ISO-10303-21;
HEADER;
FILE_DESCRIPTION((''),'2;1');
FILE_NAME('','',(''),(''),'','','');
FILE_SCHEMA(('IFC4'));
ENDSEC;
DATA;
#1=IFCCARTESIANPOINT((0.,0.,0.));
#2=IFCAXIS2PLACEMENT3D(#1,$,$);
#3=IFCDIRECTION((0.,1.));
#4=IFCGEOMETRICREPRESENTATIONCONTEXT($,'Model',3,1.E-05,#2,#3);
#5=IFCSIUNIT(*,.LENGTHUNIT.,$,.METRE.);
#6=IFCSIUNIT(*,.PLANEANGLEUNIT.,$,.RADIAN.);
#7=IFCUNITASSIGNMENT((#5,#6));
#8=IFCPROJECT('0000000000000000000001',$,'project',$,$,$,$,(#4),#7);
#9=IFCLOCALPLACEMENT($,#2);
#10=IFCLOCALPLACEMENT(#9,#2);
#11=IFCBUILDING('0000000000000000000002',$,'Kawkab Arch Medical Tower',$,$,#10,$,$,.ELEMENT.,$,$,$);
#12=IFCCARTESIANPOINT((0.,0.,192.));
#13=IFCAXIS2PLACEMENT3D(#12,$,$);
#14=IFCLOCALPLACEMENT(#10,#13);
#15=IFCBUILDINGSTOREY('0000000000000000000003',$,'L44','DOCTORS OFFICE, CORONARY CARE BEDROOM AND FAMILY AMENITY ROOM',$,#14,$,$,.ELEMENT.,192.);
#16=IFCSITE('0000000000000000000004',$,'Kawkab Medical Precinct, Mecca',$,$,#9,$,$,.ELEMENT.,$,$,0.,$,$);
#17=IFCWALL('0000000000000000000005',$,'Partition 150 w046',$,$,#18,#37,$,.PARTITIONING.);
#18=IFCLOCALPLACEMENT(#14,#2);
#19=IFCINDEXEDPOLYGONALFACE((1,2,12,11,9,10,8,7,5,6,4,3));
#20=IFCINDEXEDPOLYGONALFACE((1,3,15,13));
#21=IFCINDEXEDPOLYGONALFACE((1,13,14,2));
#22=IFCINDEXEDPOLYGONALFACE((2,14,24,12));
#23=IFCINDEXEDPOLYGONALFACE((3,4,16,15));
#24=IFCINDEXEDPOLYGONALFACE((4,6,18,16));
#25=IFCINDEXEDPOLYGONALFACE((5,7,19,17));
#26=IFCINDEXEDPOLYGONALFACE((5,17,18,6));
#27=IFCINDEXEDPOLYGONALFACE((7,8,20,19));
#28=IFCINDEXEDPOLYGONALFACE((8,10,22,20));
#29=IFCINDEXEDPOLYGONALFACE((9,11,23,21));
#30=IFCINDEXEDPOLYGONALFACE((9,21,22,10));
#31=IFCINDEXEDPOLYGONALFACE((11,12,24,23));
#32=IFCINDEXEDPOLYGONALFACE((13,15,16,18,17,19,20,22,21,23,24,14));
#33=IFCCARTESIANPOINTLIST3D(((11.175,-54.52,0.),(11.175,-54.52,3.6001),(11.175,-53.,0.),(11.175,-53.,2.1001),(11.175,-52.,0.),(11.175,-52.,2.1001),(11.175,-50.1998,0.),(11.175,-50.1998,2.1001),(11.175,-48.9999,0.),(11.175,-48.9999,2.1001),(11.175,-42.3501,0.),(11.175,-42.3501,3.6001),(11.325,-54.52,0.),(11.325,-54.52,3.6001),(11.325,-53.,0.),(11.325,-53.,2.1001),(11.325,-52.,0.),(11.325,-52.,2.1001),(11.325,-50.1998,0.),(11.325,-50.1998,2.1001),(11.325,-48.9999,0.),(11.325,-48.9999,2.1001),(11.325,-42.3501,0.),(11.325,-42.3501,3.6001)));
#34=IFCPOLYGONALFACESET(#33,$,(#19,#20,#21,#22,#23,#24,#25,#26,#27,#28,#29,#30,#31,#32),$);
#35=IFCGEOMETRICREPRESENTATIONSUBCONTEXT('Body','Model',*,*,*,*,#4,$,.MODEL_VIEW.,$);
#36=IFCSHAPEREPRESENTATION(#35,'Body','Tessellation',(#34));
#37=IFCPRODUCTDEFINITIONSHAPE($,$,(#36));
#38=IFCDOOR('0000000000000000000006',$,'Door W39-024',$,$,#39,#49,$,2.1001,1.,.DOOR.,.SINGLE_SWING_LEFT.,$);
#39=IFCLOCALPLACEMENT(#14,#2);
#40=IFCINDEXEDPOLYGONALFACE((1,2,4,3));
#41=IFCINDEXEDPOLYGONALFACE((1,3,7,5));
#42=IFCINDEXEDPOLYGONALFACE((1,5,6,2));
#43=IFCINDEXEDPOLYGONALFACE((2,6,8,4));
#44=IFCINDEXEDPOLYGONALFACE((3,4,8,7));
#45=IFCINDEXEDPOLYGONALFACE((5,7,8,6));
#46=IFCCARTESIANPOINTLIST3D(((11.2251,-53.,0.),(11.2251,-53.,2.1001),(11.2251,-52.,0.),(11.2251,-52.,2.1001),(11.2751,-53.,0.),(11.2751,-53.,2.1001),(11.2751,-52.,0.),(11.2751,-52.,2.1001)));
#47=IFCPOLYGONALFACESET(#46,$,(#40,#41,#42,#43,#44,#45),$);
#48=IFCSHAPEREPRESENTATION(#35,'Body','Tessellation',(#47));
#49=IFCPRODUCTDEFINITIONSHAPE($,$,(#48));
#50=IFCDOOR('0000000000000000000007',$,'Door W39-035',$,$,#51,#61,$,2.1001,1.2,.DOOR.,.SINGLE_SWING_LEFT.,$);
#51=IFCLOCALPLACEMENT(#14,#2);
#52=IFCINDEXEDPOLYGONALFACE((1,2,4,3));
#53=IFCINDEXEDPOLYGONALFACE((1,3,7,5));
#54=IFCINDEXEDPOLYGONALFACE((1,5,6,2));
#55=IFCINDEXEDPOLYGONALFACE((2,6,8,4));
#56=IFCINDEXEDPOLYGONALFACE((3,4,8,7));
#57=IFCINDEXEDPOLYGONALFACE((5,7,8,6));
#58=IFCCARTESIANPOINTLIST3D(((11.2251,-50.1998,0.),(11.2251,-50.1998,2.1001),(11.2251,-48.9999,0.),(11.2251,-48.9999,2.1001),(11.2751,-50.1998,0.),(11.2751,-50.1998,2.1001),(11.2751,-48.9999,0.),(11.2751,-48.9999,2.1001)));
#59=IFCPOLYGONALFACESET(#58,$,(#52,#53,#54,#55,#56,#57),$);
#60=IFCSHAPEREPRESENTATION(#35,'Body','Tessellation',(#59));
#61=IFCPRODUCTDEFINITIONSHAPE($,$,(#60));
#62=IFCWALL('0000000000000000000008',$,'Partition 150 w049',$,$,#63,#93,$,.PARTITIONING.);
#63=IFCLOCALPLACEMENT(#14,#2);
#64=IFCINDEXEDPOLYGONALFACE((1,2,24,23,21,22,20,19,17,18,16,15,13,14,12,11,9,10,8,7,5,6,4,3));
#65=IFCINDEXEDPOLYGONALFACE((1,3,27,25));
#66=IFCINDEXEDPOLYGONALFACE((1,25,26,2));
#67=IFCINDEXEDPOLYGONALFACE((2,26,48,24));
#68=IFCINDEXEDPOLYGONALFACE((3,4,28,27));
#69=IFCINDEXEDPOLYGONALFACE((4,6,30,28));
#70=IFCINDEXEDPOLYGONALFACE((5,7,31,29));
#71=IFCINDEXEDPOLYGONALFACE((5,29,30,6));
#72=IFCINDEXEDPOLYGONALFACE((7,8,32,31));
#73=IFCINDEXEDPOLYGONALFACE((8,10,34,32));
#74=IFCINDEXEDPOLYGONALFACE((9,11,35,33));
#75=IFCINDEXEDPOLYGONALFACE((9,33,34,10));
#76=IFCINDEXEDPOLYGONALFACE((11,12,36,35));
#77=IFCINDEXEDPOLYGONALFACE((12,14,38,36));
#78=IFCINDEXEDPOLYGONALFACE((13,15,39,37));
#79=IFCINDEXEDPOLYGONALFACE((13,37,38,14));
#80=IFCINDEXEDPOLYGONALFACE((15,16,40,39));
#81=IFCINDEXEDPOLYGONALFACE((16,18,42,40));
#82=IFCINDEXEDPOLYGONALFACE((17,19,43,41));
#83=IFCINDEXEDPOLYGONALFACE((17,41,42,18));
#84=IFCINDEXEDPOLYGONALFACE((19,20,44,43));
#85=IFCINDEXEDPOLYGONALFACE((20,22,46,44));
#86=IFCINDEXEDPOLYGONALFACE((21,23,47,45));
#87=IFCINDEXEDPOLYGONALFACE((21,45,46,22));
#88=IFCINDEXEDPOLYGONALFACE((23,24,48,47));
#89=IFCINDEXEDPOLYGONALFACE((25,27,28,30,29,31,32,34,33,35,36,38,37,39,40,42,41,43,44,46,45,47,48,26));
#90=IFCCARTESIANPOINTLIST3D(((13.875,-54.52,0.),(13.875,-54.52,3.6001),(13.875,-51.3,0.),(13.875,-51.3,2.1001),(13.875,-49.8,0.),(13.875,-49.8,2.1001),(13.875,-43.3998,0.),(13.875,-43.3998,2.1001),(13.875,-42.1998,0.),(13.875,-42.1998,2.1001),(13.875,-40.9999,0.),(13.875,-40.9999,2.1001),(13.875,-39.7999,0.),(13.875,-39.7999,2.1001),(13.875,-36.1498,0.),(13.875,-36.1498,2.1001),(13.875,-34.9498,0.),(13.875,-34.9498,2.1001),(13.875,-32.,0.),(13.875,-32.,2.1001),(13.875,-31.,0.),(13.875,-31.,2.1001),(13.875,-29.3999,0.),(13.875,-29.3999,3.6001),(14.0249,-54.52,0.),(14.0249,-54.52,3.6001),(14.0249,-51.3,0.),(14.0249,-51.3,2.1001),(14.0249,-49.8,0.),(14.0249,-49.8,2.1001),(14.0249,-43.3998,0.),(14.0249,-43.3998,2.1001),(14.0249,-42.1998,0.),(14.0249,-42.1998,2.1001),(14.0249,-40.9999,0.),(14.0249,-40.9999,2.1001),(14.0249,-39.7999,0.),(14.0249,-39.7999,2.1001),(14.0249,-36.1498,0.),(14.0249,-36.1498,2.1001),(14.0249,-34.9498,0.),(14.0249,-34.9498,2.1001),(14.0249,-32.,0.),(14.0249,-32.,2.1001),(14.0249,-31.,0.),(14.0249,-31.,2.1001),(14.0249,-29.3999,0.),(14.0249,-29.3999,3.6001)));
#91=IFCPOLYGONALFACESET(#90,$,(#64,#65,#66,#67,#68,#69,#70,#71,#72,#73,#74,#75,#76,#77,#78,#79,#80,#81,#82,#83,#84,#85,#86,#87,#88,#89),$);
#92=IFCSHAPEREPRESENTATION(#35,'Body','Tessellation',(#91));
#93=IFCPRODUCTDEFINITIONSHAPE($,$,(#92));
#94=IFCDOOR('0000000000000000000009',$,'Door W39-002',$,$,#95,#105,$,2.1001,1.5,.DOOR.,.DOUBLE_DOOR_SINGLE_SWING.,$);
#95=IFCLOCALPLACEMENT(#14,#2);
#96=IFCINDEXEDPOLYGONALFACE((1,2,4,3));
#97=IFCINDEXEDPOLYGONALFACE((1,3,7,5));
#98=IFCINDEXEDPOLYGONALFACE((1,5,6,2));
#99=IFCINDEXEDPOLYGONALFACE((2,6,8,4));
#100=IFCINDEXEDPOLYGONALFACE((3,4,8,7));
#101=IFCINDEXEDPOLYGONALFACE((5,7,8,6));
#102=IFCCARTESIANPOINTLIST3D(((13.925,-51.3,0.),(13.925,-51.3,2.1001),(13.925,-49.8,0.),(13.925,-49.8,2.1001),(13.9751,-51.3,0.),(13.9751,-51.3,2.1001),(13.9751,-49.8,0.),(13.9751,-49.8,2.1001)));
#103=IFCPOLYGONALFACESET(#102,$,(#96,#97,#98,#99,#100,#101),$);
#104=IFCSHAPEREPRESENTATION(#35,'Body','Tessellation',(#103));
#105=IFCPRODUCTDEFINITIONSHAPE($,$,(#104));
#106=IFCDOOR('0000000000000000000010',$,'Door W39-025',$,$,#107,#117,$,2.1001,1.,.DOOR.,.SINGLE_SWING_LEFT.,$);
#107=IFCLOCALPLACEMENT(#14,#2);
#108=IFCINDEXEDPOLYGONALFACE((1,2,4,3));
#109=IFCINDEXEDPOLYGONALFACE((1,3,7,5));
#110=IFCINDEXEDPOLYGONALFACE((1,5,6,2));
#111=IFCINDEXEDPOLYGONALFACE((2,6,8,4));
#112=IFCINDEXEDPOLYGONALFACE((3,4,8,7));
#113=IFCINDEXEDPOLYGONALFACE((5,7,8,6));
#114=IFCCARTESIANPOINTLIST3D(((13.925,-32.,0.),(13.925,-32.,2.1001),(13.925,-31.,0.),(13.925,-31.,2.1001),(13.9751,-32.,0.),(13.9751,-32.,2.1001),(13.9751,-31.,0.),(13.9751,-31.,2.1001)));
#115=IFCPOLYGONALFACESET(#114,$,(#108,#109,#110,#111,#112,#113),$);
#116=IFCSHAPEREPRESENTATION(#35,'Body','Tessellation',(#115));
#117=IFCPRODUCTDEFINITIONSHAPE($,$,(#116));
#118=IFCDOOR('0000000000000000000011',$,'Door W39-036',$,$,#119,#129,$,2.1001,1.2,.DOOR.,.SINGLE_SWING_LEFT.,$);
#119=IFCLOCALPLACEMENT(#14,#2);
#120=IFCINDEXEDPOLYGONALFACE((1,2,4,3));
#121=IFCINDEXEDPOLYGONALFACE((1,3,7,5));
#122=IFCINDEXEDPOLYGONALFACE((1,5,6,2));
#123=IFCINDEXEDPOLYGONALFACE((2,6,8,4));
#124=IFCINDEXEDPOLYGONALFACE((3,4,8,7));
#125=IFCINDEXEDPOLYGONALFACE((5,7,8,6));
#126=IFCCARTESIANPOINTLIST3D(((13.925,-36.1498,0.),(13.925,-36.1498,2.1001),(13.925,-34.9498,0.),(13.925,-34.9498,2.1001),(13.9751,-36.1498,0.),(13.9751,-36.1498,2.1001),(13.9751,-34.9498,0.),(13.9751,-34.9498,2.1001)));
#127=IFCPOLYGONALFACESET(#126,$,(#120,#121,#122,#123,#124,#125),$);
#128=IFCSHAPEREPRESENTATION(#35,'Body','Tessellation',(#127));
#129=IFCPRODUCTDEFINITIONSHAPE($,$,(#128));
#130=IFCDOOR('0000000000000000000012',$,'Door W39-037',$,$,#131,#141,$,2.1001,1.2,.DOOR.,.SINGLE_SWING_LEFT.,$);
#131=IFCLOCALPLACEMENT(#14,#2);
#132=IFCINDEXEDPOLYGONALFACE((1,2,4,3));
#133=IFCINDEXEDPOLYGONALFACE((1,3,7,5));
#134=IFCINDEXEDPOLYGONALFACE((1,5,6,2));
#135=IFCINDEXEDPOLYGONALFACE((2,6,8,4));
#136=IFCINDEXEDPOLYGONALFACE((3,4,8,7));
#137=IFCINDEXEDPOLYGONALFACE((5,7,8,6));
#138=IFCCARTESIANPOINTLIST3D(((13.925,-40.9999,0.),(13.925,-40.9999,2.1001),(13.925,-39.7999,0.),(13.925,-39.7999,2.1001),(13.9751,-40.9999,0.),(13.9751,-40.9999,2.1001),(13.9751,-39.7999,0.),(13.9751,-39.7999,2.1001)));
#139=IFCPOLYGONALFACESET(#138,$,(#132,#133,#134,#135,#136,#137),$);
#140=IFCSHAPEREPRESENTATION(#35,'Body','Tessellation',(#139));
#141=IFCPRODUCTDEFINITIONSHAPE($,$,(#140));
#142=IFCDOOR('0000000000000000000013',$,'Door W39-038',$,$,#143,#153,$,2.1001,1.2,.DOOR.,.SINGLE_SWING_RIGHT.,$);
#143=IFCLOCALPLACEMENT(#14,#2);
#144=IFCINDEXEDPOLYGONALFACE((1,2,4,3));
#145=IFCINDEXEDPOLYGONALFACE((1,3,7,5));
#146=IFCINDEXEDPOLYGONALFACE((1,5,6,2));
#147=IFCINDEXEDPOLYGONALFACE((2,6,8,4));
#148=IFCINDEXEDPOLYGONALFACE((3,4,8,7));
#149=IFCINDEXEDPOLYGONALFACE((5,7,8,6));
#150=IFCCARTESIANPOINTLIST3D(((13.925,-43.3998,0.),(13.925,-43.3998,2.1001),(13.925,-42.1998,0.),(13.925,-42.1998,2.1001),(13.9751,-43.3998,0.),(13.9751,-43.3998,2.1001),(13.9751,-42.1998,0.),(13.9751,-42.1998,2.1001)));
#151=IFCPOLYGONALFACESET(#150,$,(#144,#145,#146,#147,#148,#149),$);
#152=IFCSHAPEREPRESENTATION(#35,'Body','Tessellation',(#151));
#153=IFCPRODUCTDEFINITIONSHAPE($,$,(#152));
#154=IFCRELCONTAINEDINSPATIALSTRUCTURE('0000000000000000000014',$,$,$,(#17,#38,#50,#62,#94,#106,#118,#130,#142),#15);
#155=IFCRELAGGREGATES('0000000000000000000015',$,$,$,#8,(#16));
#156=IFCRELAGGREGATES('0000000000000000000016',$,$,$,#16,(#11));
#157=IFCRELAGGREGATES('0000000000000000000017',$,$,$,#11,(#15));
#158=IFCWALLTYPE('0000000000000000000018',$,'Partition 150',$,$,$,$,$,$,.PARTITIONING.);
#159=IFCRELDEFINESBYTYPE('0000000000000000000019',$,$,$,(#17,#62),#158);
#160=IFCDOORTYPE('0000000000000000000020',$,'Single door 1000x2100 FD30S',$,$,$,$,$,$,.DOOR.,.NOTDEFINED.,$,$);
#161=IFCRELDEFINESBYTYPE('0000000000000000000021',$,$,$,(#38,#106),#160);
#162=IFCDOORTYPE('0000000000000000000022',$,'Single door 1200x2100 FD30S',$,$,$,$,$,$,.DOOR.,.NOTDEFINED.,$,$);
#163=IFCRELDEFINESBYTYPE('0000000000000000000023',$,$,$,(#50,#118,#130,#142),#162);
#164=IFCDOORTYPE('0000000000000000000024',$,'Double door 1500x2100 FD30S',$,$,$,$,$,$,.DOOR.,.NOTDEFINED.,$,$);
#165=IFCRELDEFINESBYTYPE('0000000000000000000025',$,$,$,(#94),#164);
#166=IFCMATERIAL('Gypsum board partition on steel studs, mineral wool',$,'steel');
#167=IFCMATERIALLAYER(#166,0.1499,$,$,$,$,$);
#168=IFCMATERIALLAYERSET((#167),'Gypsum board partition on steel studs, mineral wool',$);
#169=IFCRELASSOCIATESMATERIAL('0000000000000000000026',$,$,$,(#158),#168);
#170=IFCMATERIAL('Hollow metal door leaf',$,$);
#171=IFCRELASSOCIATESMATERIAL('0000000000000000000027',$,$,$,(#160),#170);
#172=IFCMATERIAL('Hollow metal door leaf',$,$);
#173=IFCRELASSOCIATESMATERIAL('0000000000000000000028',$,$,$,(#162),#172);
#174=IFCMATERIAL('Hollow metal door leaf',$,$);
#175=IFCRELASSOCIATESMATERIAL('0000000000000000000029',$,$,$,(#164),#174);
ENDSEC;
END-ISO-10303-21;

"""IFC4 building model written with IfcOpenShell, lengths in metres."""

from ifc_helpers import new_model, si_unit, direction, frame, frame_2d, origin, place, context, subcontext, project, spatial, rectangle, extrude, material, layer, layer_set, type_object, element, fill, save


model = new_model("IFC4")

# Units and contexts
model_context = context("Model", 3, precision=1e-05, world=origin(), true_north=direction((0.0, 1.0)))
body_context = subcontext(model_context, "Body", "Model", "MODEL_VIEW")
ifc_project = project(units=[si_unit("LENGTHUNIT", "METRE"), si_unit("PLANEANGLEUNIT", "RADIAN")], contexts=[model_context])

# Site, building, storey
site_placement = place(None, origin())
site = spatial("IfcSite", under=ifc_project, at=site_placement, Name="Kawkab Medical Precinct, Mecca", CompositionType="ELEMENT", RefElevation=0.0)
building_placement = place(site_placement, origin())
building = spatial("IfcBuilding", under=site, at=building_placement, Name="Kawkab Arch Medical Tower", CompositionType="ELEMENT")
storey_placement = place(building_placement, frame((0.0, 0.0, 192.0)))
storey = spatial("IfcBuildingStorey", under=building, at=storey_placement, Name="L44", Description="DOCTORS OFFICE, CORONARY CARE BEDROOM AND FAMILY AMENITY ROOM", CompositionType="ELEMENT", Elevation=192.0)

# Shared definitions
ifc_material_1 = material(Name="Gypsum board partition on steel studs, mineral wool", Category="steel")
ifc_layer_1 = layer(ifc_material_1, 0.1499)
ifc_layer_set_1 = layer_set([ifc_layer_1], Name="Gypsum board partition on steel studs, mineral wool")
wall_type_1 = type_object("IfcWallType", Name="Partition 150", PredefinedType="PARTITIONING", material=ifc_layer_set_1)

# Walls, openings, doors
wall_1_placement = place(storey_placement, frame((11.25, -54.52, 0.0), z_axis=(0.0, 0.0, 1.0), x_axis=(0.0, 1.0, 0.0)))
wall_1 = element("IfcWall", 1, at=wall_1_placement, inside=storey, type_object=wall_type_1, Name="Partition 150 w046", PredefinedType="PARTITIONING", context=body_context, shape_type="SweptSolid", body=[
    extrude(rectangle(XDim=12.1699, YDim=0.1499, at=frame_2d((6.085, 0.0))), origin(), (0.0, 0.0, 1.0), 3.6001),
])
opening_1_placement = place(wall_1_placement, frame((4.3201, 0.0, 0.0)))
opening_1 = element("IfcOpeningElement", 2, at=opening_1_placement, cuts=wall_1, PredefinedType="OPENING", context=body_context, shape_type="SweptSolid", body=[
    extrude(rectangle(XDim=1.2, YDim=2.1001, at=frame_2d((0.6001, 1.05))), frame((0.0, 0.085, 0.0), z_axis=(0.0, -1.0, 0.0), x_axis=(1.0, 0.0, 0.0)), (0.0, 0.0, 1.0), 0.1699),
])
opening_2_placement = place(wall_1_placement, frame((1.52, 0.0, 0.0)))
opening_2 = element("IfcOpeningElement", 3, at=opening_2_placement, cuts=wall_1, PredefinedType="OPENING", context=body_context, shape_type="SweptSolid", body=[
    extrude(rectangle(XDim=1.0, YDim=2.1001, at=frame_2d((0.5, 1.05))), frame((0.0, 0.085, 0.0), z_axis=(0.0, -1.0, 0.0), x_axis=(1.0, 0.0, 0.0)), (0.0, 0.0, 1.0), 0.1699),
])
ifc_material_2 = material(Name="Hollow metal door leaf")
door_type_1 = type_object("IfcDoorType", Name="Single door 1000x2100 FD30S", OperationType="NOTDEFINED", PredefinedType="DOOR", material=ifc_material_2)
door_1_placement = place(opening_2_placement, origin())
door_1 = element("IfcDoor", 4, at=door_1_placement, inside=storey, type_object=door_type_1, Name="Door W39-024", OperationType="SINGLE_SWING_LEFT", OverallHeight=2.1001, OverallWidth=1.0, PredefinedType="DOOR", context=body_context, shape_type="SweptSolid", body=[
    extrude(rectangle(XDim=1.0, YDim=2.1001, at=frame_2d((0.5, 1.05))), frame((0.0, 0.0249, 0.0), z_axis=(0.0, -1.0, 0.0), x_axis=(1.0, 0.0, 0.0)), (0.0, 0.0, 1.0), 0.05),
])
fill(opening_2, door_1)
ifc_material_3 = material(Name="Hollow metal door leaf")
door_type_2 = type_object("IfcDoorType", Name="Single door 1200x2100 FD30S", OperationType="NOTDEFINED", PredefinedType="DOOR", material=ifc_material_3)
door_2_placement = place(opening_1_placement, origin())
door_2 = element("IfcDoor", 5, at=door_2_placement, inside=storey, type_object=door_type_2, Name="Door W39-035", OperationType="SINGLE_SWING_LEFT", OverallHeight=2.1001, OverallWidth=1.2, PredefinedType="DOOR", context=body_context, shape_type="SweptSolid", body=[
    extrude(rectangle(XDim=1.2, YDim=2.1001, at=frame_2d((0.6001, 1.05))), frame((0.0, 0.0249, 0.0), z_axis=(0.0, -1.0, 0.0), x_axis=(1.0, 0.0, 0.0)), (0.0, 0.0, 1.0), 0.05),
])
fill(opening_1, door_2)
wall_2_placement = place(storey_placement, frame((13.95, -54.52, 0.0), z_axis=(0.0, 0.0, 1.0), x_axis=(0.0, 1.0, 0.0)))
wall_2 = element("IfcWall", 6, at=wall_2_placement, inside=storey, type_object=wall_type_1, Name="Partition 150 w049", PredefinedType="PARTITIONING", context=body_context, shape_type="SweptSolid", body=[
    extrude(rectangle(XDim=25.1201, YDim=0.1499, at=frame_2d((12.5601, 0.0))), origin(), (0.0, 0.0, 1.0), 3.6001),
])
opening_3_placement = place(wall_2_placement, frame((22.52, 0.0, 0.0)))
opening_3 = element("IfcOpeningElement", 7, at=opening_3_placement, cuts=wall_2, PredefinedType="OPENING", context=body_context, shape_type="SweptSolid", body=[
    extrude(rectangle(XDim=1.0, YDim=2.1001, at=frame_2d((0.5, 1.05))), frame((0.0, 0.085, 0.0), z_axis=(0.0, -1.0, 0.0), x_axis=(1.0, 0.0, 0.0)), (0.0, 0.0, 1.0), 0.1699),
])
opening_4_placement = place(wall_2_placement, frame((18.3701, 0.0, 0.0)))
opening_4 = element("IfcOpeningElement", 8, at=opening_4_placement, cuts=wall_2, PredefinedType="OPENING", context=body_context, shape_type="SweptSolid", body=[
    extrude(rectangle(XDim=1.2, YDim=2.1001, at=frame_2d((0.6001, 1.05))), frame((0.0, 0.085, 0.0), z_axis=(0.0, -1.0, 0.0), x_axis=(1.0, 0.0, 0.0)), (0.0, 0.0, 1.0), 0.1699),
])
opening_5_placement = place(wall_2_placement, frame((13.52, 0.0, 0.0)))
opening_5 = element("IfcOpeningElement", 9, at=opening_5_placement, cuts=wall_2, PredefinedType="OPENING", context=body_context, shape_type="SweptSolid", body=[
    extrude(rectangle(XDim=1.2, YDim=2.1001, at=frame_2d((0.6001, 1.05))), frame((0.0, 0.085, 0.0), z_axis=(0.0, -1.0, 0.0), x_axis=(1.0, 0.0, 0.0)), (0.0, 0.0, 1.0), 0.1699),
])
opening_6_placement = place(wall_2_placement, frame((11.1201, 0.0, 0.0)))
opening_6 = element("IfcOpeningElement", 10, at=opening_6_placement, cuts=wall_2, PredefinedType="OPENING", context=body_context, shape_type="SweptSolid", body=[
    extrude(rectangle(XDim=1.2, YDim=2.1001, at=frame_2d((0.6001, 1.05))), frame((0.0, 0.085, 0.0), z_axis=(0.0, -1.0, 0.0), x_axis=(1.0, 0.0, 0.0)), (0.0, 0.0, 1.0), 0.1699),
])
opening_7_placement = place(wall_2_placement, frame((3.22, 0.0, 0.0)))
opening_7 = element("IfcOpeningElement", 11, at=opening_7_placement, cuts=wall_2, PredefinedType="OPENING", context=body_context, shape_type="SweptSolid", body=[
    extrude(rectangle(XDim=1.5, YDim=2.1001, at=frame_2d((0.75, 1.05))), frame((0.0, 0.085, 0.0), z_axis=(0.0, -1.0, 0.0), x_axis=(1.0, 0.0, 0.0)), (0.0, 0.0, 1.0), 0.1699),
])
ifc_material_4 = material(Name="Hollow metal door leaf")
door_type_3 = type_object("IfcDoorType", Name="Double door 1500x2100 FD30S", OperationType="NOTDEFINED", PredefinedType="DOOR", material=ifc_material_4)
door_3_placement = place(opening_7_placement, origin())
door_3 = element("IfcDoor", 12, at=door_3_placement, inside=storey, type_object=door_type_3, Name="Door W39-002", OperationType="DOUBLE_DOOR_SINGLE_SWING", OverallHeight=2.1001, OverallWidth=1.5, PredefinedType="DOOR", context=body_context, shape_type="SweptSolid", body=[
    extrude(rectangle(XDim=1.5, YDim=2.1001, at=frame_2d((0.75, 1.05))), frame((0.0, 0.0249, 0.0), z_axis=(0.0, -1.0, 0.0), x_axis=(1.0, 0.0, 0.0)), (0.0, 0.0, 1.0), 0.05),
])
fill(opening_7, door_3)
door_4_placement = place(opening_3_placement, origin())
door_4 = element("IfcDoor", 13, at=door_4_placement, inside=storey, type_object=door_type_1, Name="Door W39-025", OperationType="SINGLE_SWING_LEFT", OverallHeight=2.1001, OverallWidth=1.0, PredefinedType="DOOR", context=body_context, shape_type="SweptSolid", body=[
    extrude(rectangle(XDim=1.0, YDim=2.1001, at=frame_2d((0.5, 1.05))), frame((0.0, 0.0249, 0.0), z_axis=(0.0, -1.0, 0.0), x_axis=(1.0, 0.0, 0.0)), (0.0, 0.0, 1.0), 0.05),
])
fill(opening_3, door_4)
door_5_placement = place(opening_4_placement, origin())
door_5 = element("IfcDoor", 14, at=door_5_placement, inside=storey, type_object=door_type_2, Name="Door W39-036", OperationType="SINGLE_SWING_LEFT", OverallHeight=2.1001, OverallWidth=1.2, PredefinedType="DOOR", context=body_context, shape_type="SweptSolid", body=[
    extrude(rectangle(XDim=1.2, YDim=2.1001, at=frame_2d((0.6001, 1.05))), frame((0.0, 0.0249, 0.0), z_axis=(0.0, -1.0, 0.0), x_axis=(1.0, 0.0, 0.0)), (0.0, 0.0, 1.0), 0.05),
])
fill(opening_4, door_5)
door_6_placement = place(opening_5_placement, origin())
door_6 = element("IfcDoor", 15, at=door_6_placement, inside=storey, type_object=door_type_2, Name="Door W39-037", OperationType="SINGLE_SWING_LEFT", OverallHeight=2.1001, OverallWidth=1.2, PredefinedType="DOOR", context=body_context, shape_type="SweptSolid", body=[
    extrude(rectangle(XDim=1.2, YDim=2.1001, at=frame_2d((0.6001, 1.05))), frame((0.0, 0.0249, 0.0), z_axis=(0.0, -1.0, 0.0), x_axis=(1.0, 0.0, 0.0)), (0.0, 0.0, 1.0), 0.05),
])
fill(opening_5, door_6)
door_7_placement = place(opening_6_placement, origin())
door_7 = element("IfcDoor", 16, at=door_7_placement, inside=storey, type_object=door_type_2, Name="Door W39-038", OperationType="SINGLE_SWING_RIGHT", OverallHeight=2.1001, OverallWidth=1.2, PredefinedType="DOOR", context=body_context, shape_type="SweptSolid", body=[
    extrude(rectangle(XDim=1.2, YDim=2.1001, at=frame_2d((0.6001, 1.05))), frame((0.0, 0.0249, 0.0), z_axis=(0.0, -1.0, 0.0), x_axis=(1.0, 0.0, 0.0)), (0.0, 0.0, 1.0), 0.05),
])
fill(opening_6, door_7)

save(model, "model.ifc")
